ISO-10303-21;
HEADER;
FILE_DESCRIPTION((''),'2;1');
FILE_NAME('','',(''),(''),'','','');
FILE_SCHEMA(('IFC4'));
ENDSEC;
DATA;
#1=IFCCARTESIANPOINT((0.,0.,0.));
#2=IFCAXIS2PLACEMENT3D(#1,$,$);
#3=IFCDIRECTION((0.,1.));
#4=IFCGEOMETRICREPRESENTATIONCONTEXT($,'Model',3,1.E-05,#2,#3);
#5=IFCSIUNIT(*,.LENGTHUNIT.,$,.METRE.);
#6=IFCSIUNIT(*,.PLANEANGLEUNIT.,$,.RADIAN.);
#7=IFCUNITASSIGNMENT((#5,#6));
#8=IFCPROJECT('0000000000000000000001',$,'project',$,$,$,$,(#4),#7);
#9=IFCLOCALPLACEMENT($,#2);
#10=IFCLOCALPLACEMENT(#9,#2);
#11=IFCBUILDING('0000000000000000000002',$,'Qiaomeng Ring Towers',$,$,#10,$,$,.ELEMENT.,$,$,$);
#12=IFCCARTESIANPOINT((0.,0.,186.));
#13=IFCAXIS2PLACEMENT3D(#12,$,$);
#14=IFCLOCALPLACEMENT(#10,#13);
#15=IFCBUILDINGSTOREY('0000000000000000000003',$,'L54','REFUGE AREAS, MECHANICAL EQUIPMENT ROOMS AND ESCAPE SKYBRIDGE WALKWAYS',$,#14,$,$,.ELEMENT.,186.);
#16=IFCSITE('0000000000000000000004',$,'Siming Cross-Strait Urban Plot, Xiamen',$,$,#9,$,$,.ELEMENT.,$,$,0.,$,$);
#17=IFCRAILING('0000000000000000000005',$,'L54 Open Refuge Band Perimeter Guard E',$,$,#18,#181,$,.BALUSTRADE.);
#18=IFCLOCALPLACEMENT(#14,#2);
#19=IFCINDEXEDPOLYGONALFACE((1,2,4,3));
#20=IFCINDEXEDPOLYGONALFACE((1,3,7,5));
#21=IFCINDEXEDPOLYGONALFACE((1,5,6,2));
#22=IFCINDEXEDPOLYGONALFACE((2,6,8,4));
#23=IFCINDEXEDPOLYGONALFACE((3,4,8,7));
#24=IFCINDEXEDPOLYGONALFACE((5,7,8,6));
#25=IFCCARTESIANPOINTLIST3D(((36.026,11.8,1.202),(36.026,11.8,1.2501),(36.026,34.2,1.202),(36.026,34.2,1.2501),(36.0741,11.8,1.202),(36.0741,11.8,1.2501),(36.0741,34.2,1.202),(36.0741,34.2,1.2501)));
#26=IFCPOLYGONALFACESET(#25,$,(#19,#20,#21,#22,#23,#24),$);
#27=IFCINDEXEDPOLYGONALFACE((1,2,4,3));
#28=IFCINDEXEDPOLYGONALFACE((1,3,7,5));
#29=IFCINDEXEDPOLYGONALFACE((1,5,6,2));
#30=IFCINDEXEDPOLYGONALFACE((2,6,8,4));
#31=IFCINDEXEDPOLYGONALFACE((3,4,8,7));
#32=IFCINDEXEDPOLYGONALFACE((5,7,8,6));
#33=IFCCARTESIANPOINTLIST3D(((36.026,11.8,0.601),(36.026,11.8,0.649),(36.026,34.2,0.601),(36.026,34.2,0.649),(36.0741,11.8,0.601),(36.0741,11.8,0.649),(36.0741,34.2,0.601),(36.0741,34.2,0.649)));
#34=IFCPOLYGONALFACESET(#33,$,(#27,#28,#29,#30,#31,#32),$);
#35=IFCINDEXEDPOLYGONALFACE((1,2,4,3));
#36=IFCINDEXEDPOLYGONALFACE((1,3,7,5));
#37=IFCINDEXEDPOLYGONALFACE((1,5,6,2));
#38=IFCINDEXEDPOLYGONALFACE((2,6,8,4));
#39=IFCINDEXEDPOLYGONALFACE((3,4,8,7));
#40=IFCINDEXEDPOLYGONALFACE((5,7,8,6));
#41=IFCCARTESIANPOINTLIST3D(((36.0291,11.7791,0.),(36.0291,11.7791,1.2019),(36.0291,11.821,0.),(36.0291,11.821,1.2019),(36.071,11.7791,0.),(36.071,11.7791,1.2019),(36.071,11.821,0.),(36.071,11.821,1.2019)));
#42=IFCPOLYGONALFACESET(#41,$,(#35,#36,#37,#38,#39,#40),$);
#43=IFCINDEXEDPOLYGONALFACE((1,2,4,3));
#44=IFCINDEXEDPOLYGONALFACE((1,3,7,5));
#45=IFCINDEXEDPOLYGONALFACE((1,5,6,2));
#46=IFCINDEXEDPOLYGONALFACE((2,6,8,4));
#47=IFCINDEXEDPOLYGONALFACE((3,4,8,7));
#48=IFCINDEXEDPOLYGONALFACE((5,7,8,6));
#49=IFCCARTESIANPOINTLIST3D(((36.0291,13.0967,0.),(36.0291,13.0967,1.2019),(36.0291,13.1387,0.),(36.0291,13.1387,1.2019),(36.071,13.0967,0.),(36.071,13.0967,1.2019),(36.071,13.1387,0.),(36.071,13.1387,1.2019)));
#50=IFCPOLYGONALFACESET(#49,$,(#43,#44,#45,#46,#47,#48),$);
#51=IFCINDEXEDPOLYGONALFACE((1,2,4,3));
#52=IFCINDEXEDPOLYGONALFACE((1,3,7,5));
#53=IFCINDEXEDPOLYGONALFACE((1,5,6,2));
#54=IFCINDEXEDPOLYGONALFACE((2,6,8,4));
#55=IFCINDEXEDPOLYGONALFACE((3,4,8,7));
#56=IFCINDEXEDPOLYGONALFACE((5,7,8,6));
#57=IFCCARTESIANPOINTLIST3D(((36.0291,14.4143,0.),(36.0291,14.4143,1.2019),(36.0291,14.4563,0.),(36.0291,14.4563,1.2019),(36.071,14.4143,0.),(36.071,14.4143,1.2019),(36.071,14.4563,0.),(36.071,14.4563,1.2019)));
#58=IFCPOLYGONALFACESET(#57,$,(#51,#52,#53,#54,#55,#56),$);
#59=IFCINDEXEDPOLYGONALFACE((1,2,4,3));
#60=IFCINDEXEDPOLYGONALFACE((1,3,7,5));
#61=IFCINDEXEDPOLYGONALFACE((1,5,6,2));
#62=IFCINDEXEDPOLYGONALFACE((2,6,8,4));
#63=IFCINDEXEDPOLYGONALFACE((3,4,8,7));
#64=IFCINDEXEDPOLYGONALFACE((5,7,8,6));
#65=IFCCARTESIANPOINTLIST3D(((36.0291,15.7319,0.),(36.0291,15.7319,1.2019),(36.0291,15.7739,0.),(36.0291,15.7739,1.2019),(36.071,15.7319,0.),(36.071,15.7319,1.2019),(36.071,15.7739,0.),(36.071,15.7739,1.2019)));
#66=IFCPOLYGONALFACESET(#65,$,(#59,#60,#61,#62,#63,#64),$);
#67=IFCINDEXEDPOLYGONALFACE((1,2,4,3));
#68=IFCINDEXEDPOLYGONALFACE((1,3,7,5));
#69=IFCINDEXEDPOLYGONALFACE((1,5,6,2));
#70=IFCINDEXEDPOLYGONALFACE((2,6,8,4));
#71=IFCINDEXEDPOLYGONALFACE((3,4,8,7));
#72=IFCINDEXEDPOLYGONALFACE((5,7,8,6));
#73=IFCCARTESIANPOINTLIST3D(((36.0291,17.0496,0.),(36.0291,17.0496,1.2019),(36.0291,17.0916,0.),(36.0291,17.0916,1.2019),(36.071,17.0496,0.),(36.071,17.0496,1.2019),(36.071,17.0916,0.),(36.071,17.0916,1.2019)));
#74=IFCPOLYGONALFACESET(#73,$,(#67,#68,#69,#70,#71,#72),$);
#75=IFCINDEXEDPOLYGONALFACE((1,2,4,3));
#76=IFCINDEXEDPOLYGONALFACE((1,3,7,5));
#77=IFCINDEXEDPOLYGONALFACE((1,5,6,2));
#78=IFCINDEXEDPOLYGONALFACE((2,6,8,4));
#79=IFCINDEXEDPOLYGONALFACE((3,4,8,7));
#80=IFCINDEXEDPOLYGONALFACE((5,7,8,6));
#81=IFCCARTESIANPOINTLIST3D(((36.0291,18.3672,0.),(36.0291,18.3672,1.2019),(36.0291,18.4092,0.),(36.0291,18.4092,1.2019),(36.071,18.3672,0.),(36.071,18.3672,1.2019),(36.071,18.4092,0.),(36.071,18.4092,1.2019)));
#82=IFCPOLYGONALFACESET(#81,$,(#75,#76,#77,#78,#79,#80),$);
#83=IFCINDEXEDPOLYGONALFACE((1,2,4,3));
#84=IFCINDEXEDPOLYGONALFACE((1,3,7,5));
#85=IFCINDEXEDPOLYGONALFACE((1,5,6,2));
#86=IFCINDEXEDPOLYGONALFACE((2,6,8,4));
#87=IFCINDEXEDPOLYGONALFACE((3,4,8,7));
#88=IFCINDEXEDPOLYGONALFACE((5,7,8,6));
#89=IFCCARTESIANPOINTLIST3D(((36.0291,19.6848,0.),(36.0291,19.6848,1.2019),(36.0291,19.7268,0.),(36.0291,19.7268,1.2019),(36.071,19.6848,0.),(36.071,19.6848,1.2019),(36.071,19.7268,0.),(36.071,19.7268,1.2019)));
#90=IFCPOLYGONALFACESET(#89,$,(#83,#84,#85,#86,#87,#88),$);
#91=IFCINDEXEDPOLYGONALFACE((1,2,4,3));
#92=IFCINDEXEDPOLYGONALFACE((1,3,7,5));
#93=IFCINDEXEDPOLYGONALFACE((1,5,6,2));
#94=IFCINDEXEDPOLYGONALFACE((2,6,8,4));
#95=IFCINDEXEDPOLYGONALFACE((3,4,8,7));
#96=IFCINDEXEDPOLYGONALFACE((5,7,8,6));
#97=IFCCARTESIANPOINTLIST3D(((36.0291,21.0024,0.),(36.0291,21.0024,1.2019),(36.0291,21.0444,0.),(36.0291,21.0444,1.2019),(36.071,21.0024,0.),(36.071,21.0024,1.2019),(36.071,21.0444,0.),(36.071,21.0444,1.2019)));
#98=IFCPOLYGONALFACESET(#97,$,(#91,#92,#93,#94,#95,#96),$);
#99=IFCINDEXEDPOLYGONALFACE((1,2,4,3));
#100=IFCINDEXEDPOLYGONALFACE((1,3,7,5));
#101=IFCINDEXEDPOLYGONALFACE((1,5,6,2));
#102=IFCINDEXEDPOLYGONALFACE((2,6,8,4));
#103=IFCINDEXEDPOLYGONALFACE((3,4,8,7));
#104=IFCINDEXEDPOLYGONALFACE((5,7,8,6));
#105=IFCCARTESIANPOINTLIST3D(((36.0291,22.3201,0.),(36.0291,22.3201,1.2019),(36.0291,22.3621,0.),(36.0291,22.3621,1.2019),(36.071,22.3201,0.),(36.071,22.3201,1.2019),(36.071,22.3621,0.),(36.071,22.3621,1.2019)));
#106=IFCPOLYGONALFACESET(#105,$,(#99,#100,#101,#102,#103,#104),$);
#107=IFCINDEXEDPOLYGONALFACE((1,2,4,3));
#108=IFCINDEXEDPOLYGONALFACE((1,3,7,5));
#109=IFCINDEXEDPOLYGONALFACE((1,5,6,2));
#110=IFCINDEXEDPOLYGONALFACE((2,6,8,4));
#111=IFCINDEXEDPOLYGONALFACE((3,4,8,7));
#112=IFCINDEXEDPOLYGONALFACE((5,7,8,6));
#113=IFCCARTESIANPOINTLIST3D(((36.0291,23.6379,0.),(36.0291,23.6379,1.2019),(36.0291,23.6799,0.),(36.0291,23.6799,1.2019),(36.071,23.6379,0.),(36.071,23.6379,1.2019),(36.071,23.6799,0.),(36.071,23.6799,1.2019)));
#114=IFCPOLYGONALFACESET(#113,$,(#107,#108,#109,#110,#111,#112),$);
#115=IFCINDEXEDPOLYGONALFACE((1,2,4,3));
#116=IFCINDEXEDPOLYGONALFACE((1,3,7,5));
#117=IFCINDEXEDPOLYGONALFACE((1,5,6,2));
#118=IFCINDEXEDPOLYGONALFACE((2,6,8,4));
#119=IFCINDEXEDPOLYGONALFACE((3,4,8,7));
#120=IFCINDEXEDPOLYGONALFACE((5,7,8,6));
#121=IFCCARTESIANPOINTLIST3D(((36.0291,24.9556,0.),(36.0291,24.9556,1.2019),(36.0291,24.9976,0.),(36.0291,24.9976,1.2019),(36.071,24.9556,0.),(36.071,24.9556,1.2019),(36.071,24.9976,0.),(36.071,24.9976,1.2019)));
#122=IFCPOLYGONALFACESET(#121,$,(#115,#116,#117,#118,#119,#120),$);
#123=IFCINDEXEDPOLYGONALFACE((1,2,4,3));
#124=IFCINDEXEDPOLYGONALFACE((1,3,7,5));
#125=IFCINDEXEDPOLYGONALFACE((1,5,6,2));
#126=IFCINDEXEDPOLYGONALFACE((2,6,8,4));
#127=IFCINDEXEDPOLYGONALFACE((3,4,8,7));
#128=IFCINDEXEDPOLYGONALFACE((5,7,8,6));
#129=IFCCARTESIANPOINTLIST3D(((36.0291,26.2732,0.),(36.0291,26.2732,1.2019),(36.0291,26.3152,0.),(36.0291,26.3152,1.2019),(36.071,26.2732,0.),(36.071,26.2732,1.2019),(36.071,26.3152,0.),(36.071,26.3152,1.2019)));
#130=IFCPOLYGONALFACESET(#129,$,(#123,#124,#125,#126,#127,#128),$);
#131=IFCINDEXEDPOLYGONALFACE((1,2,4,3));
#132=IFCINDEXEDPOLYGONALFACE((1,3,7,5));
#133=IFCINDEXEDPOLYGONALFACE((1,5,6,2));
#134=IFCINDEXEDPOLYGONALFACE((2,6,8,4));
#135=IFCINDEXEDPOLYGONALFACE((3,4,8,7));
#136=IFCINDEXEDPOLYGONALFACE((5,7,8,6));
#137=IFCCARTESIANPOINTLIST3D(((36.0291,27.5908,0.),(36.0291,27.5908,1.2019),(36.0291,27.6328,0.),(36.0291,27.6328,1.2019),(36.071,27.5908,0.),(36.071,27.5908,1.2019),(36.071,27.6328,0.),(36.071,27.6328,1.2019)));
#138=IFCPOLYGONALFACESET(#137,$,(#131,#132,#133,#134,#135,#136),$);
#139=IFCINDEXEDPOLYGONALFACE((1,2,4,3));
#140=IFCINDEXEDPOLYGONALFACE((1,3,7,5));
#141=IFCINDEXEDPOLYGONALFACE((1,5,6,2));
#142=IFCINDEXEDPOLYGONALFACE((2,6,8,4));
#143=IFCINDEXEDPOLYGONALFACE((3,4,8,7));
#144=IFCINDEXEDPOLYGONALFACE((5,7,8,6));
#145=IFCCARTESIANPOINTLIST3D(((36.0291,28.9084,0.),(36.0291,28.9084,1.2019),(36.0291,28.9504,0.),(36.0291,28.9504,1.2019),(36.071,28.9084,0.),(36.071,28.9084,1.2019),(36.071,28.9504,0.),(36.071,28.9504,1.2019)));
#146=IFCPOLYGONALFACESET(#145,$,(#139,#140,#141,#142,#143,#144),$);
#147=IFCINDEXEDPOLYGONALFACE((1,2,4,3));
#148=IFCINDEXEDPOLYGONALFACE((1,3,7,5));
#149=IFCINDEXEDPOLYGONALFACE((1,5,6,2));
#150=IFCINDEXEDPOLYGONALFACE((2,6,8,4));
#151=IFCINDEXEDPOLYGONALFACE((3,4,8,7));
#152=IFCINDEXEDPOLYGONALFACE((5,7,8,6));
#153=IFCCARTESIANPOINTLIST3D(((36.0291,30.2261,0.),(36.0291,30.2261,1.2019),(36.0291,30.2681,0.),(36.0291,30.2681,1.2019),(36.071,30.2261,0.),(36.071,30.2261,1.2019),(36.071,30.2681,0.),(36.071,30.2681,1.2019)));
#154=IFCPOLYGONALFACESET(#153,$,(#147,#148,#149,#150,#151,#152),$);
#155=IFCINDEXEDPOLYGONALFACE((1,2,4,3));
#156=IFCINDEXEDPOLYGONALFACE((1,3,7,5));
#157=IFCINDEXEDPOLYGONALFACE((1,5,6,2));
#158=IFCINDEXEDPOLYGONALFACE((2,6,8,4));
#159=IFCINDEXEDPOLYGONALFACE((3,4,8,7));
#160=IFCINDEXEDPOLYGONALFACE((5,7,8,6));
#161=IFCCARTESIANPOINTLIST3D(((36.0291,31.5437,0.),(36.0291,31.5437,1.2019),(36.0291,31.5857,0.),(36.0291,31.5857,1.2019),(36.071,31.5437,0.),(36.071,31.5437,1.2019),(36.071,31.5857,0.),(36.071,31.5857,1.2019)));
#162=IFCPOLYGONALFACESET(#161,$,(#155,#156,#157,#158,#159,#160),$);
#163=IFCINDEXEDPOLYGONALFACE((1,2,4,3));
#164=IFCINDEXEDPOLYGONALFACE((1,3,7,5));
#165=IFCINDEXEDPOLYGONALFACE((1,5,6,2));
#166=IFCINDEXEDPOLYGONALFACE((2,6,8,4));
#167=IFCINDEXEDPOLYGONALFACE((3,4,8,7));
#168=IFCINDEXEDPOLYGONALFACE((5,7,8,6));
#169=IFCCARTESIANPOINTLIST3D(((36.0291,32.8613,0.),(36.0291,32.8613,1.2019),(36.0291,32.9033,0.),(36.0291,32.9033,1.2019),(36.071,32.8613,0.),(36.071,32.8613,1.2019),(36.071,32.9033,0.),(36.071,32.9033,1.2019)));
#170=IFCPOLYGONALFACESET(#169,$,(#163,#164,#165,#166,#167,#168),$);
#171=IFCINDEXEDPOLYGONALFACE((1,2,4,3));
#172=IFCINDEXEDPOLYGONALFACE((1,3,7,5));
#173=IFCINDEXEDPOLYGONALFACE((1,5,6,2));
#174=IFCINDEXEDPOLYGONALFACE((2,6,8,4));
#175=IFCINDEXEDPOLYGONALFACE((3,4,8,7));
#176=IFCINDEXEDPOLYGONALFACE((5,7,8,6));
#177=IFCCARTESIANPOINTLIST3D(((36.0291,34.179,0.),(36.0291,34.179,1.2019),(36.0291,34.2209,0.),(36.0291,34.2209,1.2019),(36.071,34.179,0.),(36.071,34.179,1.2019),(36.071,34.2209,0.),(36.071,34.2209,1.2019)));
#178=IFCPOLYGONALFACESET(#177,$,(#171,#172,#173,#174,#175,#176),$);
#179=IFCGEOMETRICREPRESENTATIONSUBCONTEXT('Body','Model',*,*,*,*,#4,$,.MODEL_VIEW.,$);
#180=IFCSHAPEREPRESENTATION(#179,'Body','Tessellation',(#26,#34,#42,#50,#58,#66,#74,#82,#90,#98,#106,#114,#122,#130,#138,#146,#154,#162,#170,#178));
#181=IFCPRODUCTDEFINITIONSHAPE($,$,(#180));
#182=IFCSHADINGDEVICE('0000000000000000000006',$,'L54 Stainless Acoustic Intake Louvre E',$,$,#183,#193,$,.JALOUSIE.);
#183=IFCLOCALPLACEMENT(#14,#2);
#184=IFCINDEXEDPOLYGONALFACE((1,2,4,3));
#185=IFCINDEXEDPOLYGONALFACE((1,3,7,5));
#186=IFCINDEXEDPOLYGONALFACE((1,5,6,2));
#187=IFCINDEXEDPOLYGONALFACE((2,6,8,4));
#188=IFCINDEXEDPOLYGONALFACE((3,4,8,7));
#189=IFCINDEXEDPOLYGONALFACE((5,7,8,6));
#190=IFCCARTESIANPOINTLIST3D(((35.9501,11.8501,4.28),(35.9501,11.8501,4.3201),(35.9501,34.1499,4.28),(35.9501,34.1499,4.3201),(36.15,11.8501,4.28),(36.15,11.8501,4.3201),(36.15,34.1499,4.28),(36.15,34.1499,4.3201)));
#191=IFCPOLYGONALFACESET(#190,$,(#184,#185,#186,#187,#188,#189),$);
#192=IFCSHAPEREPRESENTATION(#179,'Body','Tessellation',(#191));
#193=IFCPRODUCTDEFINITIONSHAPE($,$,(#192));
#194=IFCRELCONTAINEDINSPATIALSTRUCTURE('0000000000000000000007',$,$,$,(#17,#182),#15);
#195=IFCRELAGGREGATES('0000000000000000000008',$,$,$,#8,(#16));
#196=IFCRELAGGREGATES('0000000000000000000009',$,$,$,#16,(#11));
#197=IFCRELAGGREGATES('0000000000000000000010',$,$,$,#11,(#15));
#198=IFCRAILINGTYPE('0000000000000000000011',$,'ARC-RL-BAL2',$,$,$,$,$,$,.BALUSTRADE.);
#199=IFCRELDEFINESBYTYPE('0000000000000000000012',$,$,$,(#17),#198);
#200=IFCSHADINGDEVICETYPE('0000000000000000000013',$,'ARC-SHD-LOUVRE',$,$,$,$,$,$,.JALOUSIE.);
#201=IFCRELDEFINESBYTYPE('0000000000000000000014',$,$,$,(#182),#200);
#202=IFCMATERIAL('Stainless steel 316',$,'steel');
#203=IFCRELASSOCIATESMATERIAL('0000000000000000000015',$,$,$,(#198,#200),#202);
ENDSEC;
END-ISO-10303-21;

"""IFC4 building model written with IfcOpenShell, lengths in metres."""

from ifc_helpers import new_model, si_unit, direction, frame, origin, origin_2d, place, context, subcontext, project, spatial, rectangle, extrude, source, transform, mapped, material, material_profile, profile_set, type_object, element, save


model = new_model("IFC4")

# Units and contexts
model_context = context("Model", 3, precision=1e-05, world=origin(), true_north=direction((0.0, 1.0)))
body_context = subcontext(model_context, "Body", "Model", "MODEL_VIEW")
ifc_project = project(units=[si_unit("LENGTHUNIT", "METRE"), si_unit("PLANEANGLEUNIT", "RADIAN")], contexts=[model_context])

# Site, building, storey
site_placement = place(None, origin())
site = spatial("IfcSite", under=ifc_project, at=site_placement, Name="Siming Cross-Strait Urban Plot, Xiamen", CompositionType="ELEMENT", RefElevation=0.0)
building_placement = place(site_placement, origin())
building = spatial("IfcBuilding", under=site, at=building_placement, Name="Qiaomeng Ring Towers", CompositionType="ELEMENT")
storey_placement = place(building_placement, frame((0.0, 0.0, 186.0)))
storey = spatial("IfcBuildingStorey", under=building, at=storey_placement, Name="L54", Description="REFUGE AREAS, MECHANICAL EQUIPMENT ROOMS AND ESCAPE SKYBRIDGE WALKWAYS", CompositionType="ELEMENT", Elevation=186.0)

# Railing
ifc_material_1 = material(Name="Stainless steel 316", Category="steel")
railing_type = type_object("IfcRailingType", Name="ARC-RL-BAL2", PredefinedType="BALUSTRADE", material=ifc_material_1)
railing_placement = place(storey_placement, frame((36.05, 11.8, 0.0)))
element("IfcRailing", 1, at=railing_placement, inside=storey, type_object=railing_type, Name="L54 Open Refuge Band Perimeter Guard E", PredefinedType="BALUSTRADE", context=body_context, shape_type="SweptSolid", body=[
    extrude(rectangle(XDim=0.0481, YDim=0.0481, at=origin_2d()), frame((0.0, 0.0, 1.2261), z_axis=(0.0, 1.0, 0.0), x_axis=(-1.0, 0.0, 0.0)), (0.0, 0.0, 1.0), 22.3999),
    extrude(rectangle(XDim=0.0481, YDim=0.0481, at=origin_2d()), frame((0.0, 0.0, 0.625), z_axis=(0.0, 1.0, 0.0), x_axis=(-1.0, 0.0, 0.0)), (0.0, 0.0, 1.0), 22.3999),
    extrude(rectangle(XDim=0.042, YDim=0.042, at=origin_2d()), origin(), (0.0, 0.0, 1.0), 1.2019),
    extrude(rectangle(XDim=0.042, YDim=0.042, at=origin_2d()), frame((0.0, 1.3176, 0.0)), (0.0, 0.0, 1.0), 1.2019),
    extrude(rectangle(XDim=0.042, YDim=0.042, at=origin_2d()), frame((0.0, 2.6353, 0.0)), (0.0, 0.0, 1.0), 1.2019),
    extrude(rectangle(XDim=0.042, YDim=0.042, at=origin_2d()), frame((0.0, 3.9529, 0.0)), (0.0, 0.0, 1.0), 1.2019),
    extrude(rectangle(XDim=0.042, YDim=0.042, at=origin_2d()), frame((0.0, 5.2705, 0.0)), (0.0, 0.0, 1.0), 1.2019),
    extrude(rectangle(XDim=0.042, YDim=0.042, at=origin_2d()), frame((0.0, 6.5881, 0.0)), (0.0, 0.0, 1.0), 1.2019),
    extrude(rectangle(XDim=0.042, YDim=0.042, at=origin_2d()), frame((0.0, 7.9058, 0.0)), (0.0, 0.0, 1.0), 1.2019),
    extrude(rectangle(XDim=0.042, YDim=0.042, at=origin_2d()), frame((0.0, 9.2234, 0.0)), (0.0, 0.0, 1.0), 1.2019),
    extrude(rectangle(XDim=0.042, YDim=0.042, at=origin_2d()), frame((0.0, 10.541, 0.0)), (0.0, 0.0, 1.0), 1.2019),
    extrude(rectangle(XDim=0.042, YDim=0.042, at=origin_2d()), frame((0.0, 11.8589, 0.0)), (0.0, 0.0, 1.0), 1.2019),
    extrude(rectangle(XDim=0.042, YDim=0.042, at=origin_2d()), frame((0.0, 13.1765, 0.0)), (0.0, 0.0, 1.0), 1.2019),
    extrude(rectangle(XDim=0.042, YDim=0.042, at=origin_2d()), frame((0.0, 14.4941, 0.0)), (0.0, 0.0, 1.0), 1.2019),
    extrude(rectangle(XDim=0.042, YDim=0.042, at=origin_2d()), frame((0.0, 15.8118, 0.0)), (0.0, 0.0, 1.0), 1.2019),
    extrude(rectangle(XDim=0.042, YDim=0.042, at=origin_2d()), frame((0.0, 17.1294, 0.0)), (0.0, 0.0, 1.0), 1.2019),
    extrude(rectangle(XDim=0.042, YDim=0.042, at=origin_2d()), frame((0.0, 18.447, 0.0)), (0.0, 0.0, 1.0), 1.2019),
    extrude(rectangle(XDim=0.042, YDim=0.042, at=origin_2d()), frame((0.0, 19.7646, 0.0)), (0.0, 0.0, 1.0), 1.2019),
    extrude(rectangle(XDim=0.042, YDim=0.042, at=origin_2d()), frame((0.0, 21.0823, 0.0)), (0.0, 0.0, 1.0), 1.2019),
    extrude(rectangle(XDim=0.042, YDim=0.042, at=origin_2d()), frame((0.0, 22.3999, 0.0)), (0.0, 0.0, 1.0), 1.2019),
])

# Shading device
ifc_material_profile_1 = material_profile(ifc_material_1, rectangle(XDim=0.2, YDim=0.04, at=origin_2d()), Name="LV BLADE 200x40")
ifc_profile_set_1 = profile_set([ifc_material_profile_1], Name="Stainless steel 316")
shading_device_type = type_object("IfcShadingDeviceType", Name="ARC-SHD-LOUVRE", PredefinedType="JALOUSIE", material=ifc_profile_set_1)
shared_shape_1 = source(origin(), body_context, "Body", "SweptSolid", [
    extrude(rectangle(XDim=0.2, YDim=0.04, at=origin_2d()), origin(), (0.0, 0.0, 1.0), 22.2998),
])
shading_device_placement = place(storey_placement, frame((36.05, 11.8501, 4.3), z_axis=(0.0, 1.0, 0.0), x_axis=(-1.0, 0.0, 0.0)))
element("IfcShadingDevice", 2, at=shading_device_placement, inside=storey, type_object=shading_device_type, Name="L54 Stainless Acoustic Intake Louvre E", PredefinedType="JALOUSIE", context=body_context, shape_type="MappedRepresentation", body=[
    mapped(shared_shape_1, transform((0.0, 0.0, 0.0), x_axis=(1.0, 0.0, 0.0), y_axis=(0.0, 1.0, 0.0), z_axis=(0.0, 0.0, 1.0), scale=1.0)),
])

save(model, "model.ifc")
